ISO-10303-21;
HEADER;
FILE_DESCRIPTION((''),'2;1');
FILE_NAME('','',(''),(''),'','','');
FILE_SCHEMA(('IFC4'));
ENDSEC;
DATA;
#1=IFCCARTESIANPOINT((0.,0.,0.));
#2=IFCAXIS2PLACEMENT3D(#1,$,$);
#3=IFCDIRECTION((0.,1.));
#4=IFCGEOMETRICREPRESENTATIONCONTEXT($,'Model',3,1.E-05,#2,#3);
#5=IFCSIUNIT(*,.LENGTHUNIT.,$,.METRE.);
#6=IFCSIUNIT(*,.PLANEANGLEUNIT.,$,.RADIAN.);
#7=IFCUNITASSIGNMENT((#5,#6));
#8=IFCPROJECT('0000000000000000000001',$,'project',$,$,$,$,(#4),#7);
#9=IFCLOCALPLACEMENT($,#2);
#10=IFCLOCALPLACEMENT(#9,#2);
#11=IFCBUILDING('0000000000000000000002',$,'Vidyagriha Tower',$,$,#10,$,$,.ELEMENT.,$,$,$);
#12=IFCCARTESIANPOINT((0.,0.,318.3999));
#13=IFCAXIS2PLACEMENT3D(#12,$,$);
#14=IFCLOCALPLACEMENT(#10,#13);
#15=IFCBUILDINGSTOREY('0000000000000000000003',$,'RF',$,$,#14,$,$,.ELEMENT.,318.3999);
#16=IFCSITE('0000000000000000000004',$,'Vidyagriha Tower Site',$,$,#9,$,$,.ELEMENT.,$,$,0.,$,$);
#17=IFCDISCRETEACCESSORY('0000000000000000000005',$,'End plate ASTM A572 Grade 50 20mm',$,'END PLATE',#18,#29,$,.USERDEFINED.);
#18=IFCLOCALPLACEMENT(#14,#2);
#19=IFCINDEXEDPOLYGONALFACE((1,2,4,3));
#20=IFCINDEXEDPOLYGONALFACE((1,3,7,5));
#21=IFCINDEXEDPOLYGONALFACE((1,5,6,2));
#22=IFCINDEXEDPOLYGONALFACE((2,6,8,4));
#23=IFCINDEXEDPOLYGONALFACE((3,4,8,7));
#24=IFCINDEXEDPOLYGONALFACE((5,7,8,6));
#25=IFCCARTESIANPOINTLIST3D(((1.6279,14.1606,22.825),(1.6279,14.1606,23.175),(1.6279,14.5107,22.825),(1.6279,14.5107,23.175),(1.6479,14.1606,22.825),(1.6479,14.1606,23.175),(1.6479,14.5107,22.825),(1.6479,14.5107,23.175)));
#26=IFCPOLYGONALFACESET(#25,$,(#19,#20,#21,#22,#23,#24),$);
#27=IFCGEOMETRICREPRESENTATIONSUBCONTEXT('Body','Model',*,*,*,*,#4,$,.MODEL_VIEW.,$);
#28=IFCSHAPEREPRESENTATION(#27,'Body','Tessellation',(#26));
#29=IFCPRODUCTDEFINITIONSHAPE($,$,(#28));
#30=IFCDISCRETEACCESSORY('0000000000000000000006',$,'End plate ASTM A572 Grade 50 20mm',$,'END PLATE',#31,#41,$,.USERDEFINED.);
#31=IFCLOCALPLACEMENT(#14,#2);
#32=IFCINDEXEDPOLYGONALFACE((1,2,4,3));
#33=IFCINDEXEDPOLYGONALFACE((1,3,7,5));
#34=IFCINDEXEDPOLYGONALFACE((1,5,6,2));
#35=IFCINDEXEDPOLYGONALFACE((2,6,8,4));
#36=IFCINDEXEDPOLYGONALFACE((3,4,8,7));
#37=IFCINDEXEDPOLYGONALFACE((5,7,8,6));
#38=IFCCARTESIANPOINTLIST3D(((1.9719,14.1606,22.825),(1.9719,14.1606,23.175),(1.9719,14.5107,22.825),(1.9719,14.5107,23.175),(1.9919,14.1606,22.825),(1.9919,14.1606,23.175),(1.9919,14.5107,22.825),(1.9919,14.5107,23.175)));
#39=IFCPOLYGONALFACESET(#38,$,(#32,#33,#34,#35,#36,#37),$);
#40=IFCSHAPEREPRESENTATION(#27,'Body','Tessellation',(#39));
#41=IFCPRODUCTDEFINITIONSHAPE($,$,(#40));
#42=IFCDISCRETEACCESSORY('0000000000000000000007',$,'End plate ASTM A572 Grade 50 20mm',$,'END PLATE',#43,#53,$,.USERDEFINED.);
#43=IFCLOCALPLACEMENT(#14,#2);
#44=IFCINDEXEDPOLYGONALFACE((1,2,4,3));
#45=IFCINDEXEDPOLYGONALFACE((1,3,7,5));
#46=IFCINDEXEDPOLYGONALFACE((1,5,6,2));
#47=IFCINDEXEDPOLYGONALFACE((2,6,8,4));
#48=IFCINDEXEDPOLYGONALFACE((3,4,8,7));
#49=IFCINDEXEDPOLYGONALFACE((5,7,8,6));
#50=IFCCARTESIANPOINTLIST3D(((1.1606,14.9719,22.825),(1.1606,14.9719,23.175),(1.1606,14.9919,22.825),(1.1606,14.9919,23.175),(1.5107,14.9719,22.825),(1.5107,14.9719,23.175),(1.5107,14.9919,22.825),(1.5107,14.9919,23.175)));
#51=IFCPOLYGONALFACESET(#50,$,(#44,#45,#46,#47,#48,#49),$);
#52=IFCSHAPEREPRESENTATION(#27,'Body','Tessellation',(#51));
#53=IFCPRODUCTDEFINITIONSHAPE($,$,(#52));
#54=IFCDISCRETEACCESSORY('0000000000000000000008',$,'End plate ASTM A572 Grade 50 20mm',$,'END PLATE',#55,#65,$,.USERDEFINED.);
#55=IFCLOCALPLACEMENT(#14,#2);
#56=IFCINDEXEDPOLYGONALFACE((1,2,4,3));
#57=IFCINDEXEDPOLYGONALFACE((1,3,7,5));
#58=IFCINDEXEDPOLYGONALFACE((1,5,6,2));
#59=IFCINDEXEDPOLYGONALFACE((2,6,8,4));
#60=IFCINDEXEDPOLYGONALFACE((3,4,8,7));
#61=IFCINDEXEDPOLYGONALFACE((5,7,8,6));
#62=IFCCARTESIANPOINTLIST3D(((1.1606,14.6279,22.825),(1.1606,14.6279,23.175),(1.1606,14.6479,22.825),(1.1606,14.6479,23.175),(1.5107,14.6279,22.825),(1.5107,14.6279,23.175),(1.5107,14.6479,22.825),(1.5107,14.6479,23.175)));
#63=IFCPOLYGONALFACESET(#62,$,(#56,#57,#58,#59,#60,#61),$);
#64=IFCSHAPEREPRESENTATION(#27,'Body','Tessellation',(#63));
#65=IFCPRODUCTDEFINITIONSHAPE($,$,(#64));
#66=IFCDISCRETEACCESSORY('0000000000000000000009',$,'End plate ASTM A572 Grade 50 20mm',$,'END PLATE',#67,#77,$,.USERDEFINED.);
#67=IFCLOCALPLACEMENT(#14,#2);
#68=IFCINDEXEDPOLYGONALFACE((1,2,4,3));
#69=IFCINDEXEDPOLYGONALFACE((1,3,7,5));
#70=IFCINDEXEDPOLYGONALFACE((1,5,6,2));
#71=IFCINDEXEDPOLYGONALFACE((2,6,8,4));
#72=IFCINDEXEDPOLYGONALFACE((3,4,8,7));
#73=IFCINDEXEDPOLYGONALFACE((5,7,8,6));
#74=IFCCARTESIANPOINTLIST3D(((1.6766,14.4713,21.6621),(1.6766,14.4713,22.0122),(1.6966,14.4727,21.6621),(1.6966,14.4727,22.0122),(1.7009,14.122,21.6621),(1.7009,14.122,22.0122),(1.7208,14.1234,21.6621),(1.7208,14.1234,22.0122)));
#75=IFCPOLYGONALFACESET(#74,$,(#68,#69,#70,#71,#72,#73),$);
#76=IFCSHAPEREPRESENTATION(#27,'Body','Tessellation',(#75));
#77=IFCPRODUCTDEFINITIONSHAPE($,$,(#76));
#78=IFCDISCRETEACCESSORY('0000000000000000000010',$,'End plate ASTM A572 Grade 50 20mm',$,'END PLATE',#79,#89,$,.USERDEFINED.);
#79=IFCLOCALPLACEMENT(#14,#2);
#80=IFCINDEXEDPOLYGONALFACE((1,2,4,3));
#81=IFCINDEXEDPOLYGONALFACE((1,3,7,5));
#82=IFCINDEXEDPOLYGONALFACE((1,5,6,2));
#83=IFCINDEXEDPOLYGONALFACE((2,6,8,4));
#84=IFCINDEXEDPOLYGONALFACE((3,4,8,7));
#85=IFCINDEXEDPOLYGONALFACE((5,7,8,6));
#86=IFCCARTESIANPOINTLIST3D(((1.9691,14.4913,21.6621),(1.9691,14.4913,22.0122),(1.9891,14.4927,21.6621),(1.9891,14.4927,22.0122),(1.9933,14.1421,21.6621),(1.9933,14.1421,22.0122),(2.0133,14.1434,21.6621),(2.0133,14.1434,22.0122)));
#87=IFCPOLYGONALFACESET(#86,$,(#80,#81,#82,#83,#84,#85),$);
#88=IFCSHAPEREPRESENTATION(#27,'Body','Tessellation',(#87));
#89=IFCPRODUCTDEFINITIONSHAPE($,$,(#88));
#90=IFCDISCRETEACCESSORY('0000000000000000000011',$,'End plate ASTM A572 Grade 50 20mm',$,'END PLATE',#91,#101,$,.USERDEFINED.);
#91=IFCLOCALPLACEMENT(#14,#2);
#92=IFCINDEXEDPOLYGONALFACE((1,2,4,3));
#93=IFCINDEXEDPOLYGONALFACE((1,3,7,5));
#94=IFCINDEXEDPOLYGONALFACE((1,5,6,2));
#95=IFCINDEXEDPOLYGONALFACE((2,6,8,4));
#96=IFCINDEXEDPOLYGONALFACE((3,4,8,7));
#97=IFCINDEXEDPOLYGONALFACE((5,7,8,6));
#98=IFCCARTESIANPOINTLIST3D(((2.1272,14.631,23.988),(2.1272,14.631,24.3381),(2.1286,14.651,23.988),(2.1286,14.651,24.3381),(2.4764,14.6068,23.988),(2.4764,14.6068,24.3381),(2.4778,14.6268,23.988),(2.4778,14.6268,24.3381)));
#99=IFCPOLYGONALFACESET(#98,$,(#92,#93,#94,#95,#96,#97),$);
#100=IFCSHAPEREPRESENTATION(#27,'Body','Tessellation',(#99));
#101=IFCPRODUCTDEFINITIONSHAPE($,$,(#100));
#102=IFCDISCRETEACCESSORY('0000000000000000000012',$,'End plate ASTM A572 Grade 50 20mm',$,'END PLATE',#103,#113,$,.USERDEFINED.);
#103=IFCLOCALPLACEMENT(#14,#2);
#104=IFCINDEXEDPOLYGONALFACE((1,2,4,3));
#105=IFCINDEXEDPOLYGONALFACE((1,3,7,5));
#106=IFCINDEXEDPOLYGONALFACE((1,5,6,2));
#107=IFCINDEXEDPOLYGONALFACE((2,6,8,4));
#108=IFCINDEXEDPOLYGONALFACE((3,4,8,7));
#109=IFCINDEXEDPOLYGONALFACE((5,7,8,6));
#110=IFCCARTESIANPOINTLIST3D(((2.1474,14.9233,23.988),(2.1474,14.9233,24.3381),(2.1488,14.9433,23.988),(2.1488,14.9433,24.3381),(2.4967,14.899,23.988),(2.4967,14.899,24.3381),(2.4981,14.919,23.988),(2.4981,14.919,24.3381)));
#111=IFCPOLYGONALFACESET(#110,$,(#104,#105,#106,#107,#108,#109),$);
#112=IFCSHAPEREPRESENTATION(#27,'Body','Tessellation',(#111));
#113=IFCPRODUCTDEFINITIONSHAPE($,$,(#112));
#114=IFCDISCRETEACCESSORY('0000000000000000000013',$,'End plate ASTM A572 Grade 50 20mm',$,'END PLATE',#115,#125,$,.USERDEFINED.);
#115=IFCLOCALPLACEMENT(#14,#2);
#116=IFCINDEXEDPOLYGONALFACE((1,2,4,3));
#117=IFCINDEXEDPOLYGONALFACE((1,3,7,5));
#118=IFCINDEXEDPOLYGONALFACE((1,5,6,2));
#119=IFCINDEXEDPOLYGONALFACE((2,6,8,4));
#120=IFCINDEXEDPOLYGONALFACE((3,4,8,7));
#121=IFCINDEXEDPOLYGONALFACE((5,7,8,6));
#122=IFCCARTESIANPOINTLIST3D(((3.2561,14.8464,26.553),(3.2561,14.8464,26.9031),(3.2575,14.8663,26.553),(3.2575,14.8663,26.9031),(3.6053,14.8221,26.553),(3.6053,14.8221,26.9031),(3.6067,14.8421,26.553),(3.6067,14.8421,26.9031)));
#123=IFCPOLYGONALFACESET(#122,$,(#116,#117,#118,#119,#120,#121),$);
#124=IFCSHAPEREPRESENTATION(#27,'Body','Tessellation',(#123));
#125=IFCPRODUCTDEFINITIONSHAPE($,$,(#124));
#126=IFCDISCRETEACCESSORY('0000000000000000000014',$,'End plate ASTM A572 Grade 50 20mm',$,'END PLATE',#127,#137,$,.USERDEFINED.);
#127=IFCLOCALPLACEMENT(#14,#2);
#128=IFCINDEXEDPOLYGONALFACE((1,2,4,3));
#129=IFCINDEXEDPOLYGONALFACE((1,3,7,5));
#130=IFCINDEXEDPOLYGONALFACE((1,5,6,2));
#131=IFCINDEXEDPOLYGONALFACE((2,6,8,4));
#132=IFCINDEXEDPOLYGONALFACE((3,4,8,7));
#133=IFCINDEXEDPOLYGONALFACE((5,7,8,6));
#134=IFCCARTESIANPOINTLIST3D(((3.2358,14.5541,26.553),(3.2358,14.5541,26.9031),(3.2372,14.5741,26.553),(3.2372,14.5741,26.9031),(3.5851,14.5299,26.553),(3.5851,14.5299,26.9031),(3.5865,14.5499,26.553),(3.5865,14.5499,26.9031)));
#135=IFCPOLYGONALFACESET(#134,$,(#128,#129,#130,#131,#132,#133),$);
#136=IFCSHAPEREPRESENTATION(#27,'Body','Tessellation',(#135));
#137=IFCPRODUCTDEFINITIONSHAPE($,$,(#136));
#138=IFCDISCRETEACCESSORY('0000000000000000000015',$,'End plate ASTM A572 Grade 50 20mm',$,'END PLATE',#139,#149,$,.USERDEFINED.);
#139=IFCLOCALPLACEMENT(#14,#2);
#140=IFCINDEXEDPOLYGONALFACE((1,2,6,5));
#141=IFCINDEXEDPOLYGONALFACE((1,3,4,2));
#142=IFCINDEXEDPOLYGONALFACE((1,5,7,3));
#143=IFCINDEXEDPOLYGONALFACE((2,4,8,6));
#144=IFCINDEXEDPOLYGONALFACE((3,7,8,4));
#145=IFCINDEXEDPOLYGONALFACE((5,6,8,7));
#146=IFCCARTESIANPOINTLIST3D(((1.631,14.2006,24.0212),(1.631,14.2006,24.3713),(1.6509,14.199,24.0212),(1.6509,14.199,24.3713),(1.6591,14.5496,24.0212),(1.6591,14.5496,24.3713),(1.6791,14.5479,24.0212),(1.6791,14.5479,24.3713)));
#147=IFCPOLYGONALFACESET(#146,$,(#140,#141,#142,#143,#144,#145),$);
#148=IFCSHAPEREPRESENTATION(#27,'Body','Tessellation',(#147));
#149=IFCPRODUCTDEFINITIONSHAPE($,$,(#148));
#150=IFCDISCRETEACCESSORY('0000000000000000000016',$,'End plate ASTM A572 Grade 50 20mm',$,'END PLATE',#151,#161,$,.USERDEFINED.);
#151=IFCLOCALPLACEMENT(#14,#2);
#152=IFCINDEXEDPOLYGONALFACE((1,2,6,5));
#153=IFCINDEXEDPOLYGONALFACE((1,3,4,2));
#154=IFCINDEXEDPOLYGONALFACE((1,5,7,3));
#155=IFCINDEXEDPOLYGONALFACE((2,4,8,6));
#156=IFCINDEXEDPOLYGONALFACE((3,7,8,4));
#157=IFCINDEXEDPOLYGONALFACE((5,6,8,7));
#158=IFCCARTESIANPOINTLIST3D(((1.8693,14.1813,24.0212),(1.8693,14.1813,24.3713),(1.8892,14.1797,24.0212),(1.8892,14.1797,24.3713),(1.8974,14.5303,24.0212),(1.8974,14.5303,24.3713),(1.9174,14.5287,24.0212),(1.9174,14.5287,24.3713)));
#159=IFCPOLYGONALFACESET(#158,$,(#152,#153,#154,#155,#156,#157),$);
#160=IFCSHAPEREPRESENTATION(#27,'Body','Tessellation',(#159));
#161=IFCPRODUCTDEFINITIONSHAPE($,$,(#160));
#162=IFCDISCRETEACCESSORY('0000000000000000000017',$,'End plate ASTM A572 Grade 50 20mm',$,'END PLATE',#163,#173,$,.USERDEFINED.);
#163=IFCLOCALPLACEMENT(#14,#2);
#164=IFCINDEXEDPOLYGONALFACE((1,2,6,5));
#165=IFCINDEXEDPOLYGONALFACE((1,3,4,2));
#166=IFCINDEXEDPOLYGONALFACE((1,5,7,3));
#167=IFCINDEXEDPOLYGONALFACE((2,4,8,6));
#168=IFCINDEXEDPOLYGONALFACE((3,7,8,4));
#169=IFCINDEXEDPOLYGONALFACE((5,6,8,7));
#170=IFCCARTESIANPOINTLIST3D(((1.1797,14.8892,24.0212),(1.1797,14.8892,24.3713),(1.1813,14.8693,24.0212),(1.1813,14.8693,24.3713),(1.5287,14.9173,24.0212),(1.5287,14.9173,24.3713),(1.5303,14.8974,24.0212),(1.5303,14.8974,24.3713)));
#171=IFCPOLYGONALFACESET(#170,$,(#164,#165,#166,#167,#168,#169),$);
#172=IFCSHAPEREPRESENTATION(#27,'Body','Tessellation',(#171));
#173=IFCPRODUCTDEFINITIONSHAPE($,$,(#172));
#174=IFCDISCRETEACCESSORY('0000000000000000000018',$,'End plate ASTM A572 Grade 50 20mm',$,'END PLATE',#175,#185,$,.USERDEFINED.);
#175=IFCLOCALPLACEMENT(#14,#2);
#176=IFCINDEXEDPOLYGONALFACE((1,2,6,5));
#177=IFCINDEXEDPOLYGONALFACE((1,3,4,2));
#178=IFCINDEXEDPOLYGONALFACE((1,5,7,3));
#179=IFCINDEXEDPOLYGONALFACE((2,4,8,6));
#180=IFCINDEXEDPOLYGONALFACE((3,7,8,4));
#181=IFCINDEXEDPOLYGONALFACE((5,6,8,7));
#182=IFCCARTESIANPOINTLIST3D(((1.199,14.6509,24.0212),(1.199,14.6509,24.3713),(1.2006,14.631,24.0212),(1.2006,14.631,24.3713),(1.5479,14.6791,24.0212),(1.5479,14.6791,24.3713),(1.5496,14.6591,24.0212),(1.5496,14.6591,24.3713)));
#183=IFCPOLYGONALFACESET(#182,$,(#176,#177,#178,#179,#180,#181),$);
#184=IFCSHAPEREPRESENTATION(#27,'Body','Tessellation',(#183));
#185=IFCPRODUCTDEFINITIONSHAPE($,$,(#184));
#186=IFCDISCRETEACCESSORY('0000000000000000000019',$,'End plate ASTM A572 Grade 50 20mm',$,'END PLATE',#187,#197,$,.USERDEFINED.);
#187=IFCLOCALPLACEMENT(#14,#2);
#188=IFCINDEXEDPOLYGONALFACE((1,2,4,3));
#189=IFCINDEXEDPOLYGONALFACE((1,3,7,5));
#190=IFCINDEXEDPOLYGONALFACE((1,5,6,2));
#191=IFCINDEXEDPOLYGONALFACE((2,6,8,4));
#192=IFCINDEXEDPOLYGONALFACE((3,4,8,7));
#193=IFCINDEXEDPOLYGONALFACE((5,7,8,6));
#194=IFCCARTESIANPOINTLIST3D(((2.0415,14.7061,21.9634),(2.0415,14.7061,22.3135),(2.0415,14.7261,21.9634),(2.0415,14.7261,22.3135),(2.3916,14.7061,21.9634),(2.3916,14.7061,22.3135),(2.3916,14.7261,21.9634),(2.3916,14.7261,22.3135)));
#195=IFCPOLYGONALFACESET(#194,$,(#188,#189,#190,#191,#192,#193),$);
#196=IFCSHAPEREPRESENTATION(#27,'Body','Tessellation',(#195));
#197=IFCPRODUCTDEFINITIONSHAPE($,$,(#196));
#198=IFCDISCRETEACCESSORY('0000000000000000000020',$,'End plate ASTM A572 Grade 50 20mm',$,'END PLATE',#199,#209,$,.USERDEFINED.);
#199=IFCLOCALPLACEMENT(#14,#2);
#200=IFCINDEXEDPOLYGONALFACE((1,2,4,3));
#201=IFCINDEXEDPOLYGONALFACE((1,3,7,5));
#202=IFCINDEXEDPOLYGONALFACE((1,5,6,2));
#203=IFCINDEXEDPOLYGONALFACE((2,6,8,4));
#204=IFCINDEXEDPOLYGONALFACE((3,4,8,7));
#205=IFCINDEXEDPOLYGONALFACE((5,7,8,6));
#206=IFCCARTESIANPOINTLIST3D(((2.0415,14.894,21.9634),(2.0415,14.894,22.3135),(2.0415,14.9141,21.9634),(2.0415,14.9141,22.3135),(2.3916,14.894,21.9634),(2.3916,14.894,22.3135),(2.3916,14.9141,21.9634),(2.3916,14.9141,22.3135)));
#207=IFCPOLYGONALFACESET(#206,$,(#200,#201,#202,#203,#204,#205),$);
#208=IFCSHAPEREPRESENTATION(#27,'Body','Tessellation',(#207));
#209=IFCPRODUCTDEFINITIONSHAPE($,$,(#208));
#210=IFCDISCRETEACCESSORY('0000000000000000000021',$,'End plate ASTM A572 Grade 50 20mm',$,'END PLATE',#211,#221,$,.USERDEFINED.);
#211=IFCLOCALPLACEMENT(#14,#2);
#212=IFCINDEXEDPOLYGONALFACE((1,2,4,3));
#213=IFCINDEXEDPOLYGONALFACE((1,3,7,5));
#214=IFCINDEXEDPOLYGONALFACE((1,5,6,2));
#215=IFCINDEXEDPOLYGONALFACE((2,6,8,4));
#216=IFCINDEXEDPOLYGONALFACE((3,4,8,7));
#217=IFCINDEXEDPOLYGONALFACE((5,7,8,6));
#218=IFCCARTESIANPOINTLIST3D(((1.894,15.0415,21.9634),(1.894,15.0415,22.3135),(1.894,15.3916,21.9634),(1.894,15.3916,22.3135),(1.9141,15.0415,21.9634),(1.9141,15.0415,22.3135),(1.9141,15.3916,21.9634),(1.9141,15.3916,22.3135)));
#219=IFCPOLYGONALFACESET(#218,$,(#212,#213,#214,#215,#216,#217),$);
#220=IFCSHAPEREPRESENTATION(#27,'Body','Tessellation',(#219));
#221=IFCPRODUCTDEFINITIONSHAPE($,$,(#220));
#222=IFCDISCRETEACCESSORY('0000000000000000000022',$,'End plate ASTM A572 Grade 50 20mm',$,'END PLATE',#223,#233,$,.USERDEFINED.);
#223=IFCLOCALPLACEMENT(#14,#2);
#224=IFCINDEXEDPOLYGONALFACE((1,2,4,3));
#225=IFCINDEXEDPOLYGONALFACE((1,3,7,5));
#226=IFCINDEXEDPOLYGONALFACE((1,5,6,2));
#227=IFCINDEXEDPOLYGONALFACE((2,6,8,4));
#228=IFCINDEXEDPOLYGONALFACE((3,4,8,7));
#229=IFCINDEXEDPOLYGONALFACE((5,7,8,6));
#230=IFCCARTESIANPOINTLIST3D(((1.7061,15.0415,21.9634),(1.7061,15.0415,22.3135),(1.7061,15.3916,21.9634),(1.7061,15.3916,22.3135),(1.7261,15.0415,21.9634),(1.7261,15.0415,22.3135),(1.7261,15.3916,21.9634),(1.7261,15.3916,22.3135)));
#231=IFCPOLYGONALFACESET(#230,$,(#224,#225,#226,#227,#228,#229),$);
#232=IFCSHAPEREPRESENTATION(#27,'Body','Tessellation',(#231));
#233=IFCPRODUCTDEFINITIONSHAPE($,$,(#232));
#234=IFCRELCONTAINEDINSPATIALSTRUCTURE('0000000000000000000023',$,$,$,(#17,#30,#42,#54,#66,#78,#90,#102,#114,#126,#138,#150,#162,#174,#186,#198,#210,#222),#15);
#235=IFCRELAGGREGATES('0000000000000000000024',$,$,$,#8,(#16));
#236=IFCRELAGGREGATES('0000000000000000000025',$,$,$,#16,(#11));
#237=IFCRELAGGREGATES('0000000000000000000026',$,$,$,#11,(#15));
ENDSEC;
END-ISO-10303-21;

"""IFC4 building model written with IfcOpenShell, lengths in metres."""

from ifc_helpers import new_model, si_unit, direction, frame, origin, origin_2d, place, context, subcontext, project, spatial, rectangle, extrude, element, save


model = new_model("IFC4")

# Units and contexts
model_context = context("Model", 3, precision=1e-05, world=origin(), true_north=direction((0.0, 1.0)))
body_context = subcontext(model_context, "Body", "Model", "MODEL_VIEW")
ifc_project = project(units=[si_unit("LENGTHUNIT", "METRE"), si_unit("PLANEANGLEUNIT", "RADIAN")], contexts=[model_context])

# Site, building, storey
site_placement = place(None, origin())
site = spatial("IfcSite", under=ifc_project, at=site_placement, Name="Vidyagriha Tower Site", CompositionType="ELEMENT", RefElevation=0.0)
building_placement = place(site_placement, origin())
building = spatial("IfcBuilding", under=site, at=building_placement, Name="Vidyagriha Tower", CompositionType="ELEMENT")
storey_placement = place(building_placement, frame((0.0, 0.0, 318.3999)))
storey = spatial("IfcBuildingStorey", under=building, at=storey_placement, Name="RF", CompositionType="ELEMENT", Elevation=318.3999)

# Discrete accessories
for number, where, z_axis, x_axis, name in (
    (1, (1.6379, 14.3357, 22.825), (0.0, 0.0, 1.0), (0.0, 1.0, 0.0), "End plate ASTM A572 Grade 50 20mm"),
    (2, (1.9819, 14.3357, 22.825), (0.0, 0.0, 1.0), (0.0, 1.0, 0.0), "End plate ASTM A572 Grade 50 20mm"),
):
    element("IfcDiscreteAccessory", number, at=place(storey_placement, frame(where, z_axis=z_axis, x_axis=x_axis)), inside=storey, Name=name, ObjectType="END PLATE", PredefinedType="USERDEFINED", context=body_context, shape_type="SweptSolid", body=[
        extrude(rectangle(XDim=0.3501, YDim=0.02, at=origin_2d()), origin(), (0.0, 0.0, 1.0), 0.3501),
    ])
for number, where, name in (
    (3, (1.3357, 14.9819, 22.825), "End plate ASTM A572 Grade 50 20mm"),
    (4, (1.3357, 14.6379, 22.825), "End plate ASTM A572 Grade 50 20mm"),
):
    element("IfcDiscreteAccessory", number, at=place(storey_placement, frame(where)), inside=storey, Name=name, ObjectType="END PLATE", PredefinedType="USERDEFINED", context=body_context, shape_type="SweptSolid", body=[
        extrude(rectangle(XDim=0.3501, YDim=0.02, at=origin_2d()), origin(), (0.0, 0.0, 1.0), 0.3501),
    ])
for number, where, z_axis, x_axis, name in (
    (5, (1.6987, 14.2974, 21.6621), (0.0, 0.0, 1.0), (-0.06922, 0.997601, 0.0), "End plate ASTM A572 Grade 50 20mm"),
    (6, (1.9912, 14.3174, 21.6621), (0.0, 0.0, 1.0), (-0.06922, 0.997601, 0.0), "End plate ASTM A572 Grade 50 20mm"),
    (7, (2.3025, 14.6289, 23.988), (0.0, 0.0, 1.0), (-0.997599, 0.069252, 0.0), "End plate ASTM A572 Grade 50 20mm"),
    (8, (2.3228, 14.9211, 23.988), (0.0, 0.0, 1.0), (-0.997599, 0.069252, 0.0), "End plate ASTM A572 Grade 50 20mm"),
    (9, (3.4314, 14.8442, 26.553), (0.0, 0.0, 1.0), (0.997599, -0.069252, 0.0), "End plate ASTM A572 Grade 50 20mm"),
    (10, (3.4111, 14.552, 26.553), (0.0, 0.0, 1.0), (0.997599, -0.069252, 0.0), "End plate ASTM A572 Grade 50 20mm"),
    (11, (1.655, 14.3743, 24.0212), (0.0, 0.0, 1.0), (0.08034, 0.996768, 0.0), "End plate ASTM A572 Grade 50 20mm"),
    (12, (1.8933, 14.355, 24.0212), (0.0, 0.0, 1.0), (0.08034, 0.996768, 0.0), "End plate ASTM A572 Grade 50 20mm"),
    (13, (1.355, 14.8933, 24.0212), (0.0, 0.0, 1.0), (0.996769, 0.080315, 0.0), "End plate ASTM A572 Grade 50 20mm"),
    (14, (1.3743, 14.655, 24.0212), (0.0, 0.0, 1.0), (0.996769, 0.080315, 0.0), "End plate ASTM A572 Grade 50 20mm"),
    (15, (2.2166, 14.7161, 21.9634), (0.0, 0.0, 1.0), (-1.0, 0.0, 0.0), "End plate ASTM A572 Grade 50 20mm"),
    (16, (2.2166, 14.9041, 21.9634), (0.0, 0.0, 1.0), (-1.0, 0.0, 0.0), "End plate ASTM A572 Grade 50 20mm"),
    (17, (1.9041, 15.2166, 21.9634), (0.0, 0.0, 1.0), (0.0, -1.0, 0.0), "End plate ASTM A572 Grade 50 20mm"),
    (18, (1.7161, 15.2166, 21.9634), (0.0, 0.0, 1.0), (0.0, -1.0, 0.0), "End plate ASTM A572 Grade 50 20mm"),
):
    element("IfcDiscreteAccessory", number, at=place(storey_placement, frame(where, z_axis=z_axis, x_axis=x_axis)), inside=storey, Name=name, ObjectType="END PLATE", PredefinedType="USERDEFINED", context=body_context, shape_type="SweptSolid", body=[
        extrude(rectangle(XDim=0.3501, YDim=0.02, at=origin_2d()), origin(), (0.0, 0.0, 1.0), 0.3501),
    ])

save(model, "model.ifc")
